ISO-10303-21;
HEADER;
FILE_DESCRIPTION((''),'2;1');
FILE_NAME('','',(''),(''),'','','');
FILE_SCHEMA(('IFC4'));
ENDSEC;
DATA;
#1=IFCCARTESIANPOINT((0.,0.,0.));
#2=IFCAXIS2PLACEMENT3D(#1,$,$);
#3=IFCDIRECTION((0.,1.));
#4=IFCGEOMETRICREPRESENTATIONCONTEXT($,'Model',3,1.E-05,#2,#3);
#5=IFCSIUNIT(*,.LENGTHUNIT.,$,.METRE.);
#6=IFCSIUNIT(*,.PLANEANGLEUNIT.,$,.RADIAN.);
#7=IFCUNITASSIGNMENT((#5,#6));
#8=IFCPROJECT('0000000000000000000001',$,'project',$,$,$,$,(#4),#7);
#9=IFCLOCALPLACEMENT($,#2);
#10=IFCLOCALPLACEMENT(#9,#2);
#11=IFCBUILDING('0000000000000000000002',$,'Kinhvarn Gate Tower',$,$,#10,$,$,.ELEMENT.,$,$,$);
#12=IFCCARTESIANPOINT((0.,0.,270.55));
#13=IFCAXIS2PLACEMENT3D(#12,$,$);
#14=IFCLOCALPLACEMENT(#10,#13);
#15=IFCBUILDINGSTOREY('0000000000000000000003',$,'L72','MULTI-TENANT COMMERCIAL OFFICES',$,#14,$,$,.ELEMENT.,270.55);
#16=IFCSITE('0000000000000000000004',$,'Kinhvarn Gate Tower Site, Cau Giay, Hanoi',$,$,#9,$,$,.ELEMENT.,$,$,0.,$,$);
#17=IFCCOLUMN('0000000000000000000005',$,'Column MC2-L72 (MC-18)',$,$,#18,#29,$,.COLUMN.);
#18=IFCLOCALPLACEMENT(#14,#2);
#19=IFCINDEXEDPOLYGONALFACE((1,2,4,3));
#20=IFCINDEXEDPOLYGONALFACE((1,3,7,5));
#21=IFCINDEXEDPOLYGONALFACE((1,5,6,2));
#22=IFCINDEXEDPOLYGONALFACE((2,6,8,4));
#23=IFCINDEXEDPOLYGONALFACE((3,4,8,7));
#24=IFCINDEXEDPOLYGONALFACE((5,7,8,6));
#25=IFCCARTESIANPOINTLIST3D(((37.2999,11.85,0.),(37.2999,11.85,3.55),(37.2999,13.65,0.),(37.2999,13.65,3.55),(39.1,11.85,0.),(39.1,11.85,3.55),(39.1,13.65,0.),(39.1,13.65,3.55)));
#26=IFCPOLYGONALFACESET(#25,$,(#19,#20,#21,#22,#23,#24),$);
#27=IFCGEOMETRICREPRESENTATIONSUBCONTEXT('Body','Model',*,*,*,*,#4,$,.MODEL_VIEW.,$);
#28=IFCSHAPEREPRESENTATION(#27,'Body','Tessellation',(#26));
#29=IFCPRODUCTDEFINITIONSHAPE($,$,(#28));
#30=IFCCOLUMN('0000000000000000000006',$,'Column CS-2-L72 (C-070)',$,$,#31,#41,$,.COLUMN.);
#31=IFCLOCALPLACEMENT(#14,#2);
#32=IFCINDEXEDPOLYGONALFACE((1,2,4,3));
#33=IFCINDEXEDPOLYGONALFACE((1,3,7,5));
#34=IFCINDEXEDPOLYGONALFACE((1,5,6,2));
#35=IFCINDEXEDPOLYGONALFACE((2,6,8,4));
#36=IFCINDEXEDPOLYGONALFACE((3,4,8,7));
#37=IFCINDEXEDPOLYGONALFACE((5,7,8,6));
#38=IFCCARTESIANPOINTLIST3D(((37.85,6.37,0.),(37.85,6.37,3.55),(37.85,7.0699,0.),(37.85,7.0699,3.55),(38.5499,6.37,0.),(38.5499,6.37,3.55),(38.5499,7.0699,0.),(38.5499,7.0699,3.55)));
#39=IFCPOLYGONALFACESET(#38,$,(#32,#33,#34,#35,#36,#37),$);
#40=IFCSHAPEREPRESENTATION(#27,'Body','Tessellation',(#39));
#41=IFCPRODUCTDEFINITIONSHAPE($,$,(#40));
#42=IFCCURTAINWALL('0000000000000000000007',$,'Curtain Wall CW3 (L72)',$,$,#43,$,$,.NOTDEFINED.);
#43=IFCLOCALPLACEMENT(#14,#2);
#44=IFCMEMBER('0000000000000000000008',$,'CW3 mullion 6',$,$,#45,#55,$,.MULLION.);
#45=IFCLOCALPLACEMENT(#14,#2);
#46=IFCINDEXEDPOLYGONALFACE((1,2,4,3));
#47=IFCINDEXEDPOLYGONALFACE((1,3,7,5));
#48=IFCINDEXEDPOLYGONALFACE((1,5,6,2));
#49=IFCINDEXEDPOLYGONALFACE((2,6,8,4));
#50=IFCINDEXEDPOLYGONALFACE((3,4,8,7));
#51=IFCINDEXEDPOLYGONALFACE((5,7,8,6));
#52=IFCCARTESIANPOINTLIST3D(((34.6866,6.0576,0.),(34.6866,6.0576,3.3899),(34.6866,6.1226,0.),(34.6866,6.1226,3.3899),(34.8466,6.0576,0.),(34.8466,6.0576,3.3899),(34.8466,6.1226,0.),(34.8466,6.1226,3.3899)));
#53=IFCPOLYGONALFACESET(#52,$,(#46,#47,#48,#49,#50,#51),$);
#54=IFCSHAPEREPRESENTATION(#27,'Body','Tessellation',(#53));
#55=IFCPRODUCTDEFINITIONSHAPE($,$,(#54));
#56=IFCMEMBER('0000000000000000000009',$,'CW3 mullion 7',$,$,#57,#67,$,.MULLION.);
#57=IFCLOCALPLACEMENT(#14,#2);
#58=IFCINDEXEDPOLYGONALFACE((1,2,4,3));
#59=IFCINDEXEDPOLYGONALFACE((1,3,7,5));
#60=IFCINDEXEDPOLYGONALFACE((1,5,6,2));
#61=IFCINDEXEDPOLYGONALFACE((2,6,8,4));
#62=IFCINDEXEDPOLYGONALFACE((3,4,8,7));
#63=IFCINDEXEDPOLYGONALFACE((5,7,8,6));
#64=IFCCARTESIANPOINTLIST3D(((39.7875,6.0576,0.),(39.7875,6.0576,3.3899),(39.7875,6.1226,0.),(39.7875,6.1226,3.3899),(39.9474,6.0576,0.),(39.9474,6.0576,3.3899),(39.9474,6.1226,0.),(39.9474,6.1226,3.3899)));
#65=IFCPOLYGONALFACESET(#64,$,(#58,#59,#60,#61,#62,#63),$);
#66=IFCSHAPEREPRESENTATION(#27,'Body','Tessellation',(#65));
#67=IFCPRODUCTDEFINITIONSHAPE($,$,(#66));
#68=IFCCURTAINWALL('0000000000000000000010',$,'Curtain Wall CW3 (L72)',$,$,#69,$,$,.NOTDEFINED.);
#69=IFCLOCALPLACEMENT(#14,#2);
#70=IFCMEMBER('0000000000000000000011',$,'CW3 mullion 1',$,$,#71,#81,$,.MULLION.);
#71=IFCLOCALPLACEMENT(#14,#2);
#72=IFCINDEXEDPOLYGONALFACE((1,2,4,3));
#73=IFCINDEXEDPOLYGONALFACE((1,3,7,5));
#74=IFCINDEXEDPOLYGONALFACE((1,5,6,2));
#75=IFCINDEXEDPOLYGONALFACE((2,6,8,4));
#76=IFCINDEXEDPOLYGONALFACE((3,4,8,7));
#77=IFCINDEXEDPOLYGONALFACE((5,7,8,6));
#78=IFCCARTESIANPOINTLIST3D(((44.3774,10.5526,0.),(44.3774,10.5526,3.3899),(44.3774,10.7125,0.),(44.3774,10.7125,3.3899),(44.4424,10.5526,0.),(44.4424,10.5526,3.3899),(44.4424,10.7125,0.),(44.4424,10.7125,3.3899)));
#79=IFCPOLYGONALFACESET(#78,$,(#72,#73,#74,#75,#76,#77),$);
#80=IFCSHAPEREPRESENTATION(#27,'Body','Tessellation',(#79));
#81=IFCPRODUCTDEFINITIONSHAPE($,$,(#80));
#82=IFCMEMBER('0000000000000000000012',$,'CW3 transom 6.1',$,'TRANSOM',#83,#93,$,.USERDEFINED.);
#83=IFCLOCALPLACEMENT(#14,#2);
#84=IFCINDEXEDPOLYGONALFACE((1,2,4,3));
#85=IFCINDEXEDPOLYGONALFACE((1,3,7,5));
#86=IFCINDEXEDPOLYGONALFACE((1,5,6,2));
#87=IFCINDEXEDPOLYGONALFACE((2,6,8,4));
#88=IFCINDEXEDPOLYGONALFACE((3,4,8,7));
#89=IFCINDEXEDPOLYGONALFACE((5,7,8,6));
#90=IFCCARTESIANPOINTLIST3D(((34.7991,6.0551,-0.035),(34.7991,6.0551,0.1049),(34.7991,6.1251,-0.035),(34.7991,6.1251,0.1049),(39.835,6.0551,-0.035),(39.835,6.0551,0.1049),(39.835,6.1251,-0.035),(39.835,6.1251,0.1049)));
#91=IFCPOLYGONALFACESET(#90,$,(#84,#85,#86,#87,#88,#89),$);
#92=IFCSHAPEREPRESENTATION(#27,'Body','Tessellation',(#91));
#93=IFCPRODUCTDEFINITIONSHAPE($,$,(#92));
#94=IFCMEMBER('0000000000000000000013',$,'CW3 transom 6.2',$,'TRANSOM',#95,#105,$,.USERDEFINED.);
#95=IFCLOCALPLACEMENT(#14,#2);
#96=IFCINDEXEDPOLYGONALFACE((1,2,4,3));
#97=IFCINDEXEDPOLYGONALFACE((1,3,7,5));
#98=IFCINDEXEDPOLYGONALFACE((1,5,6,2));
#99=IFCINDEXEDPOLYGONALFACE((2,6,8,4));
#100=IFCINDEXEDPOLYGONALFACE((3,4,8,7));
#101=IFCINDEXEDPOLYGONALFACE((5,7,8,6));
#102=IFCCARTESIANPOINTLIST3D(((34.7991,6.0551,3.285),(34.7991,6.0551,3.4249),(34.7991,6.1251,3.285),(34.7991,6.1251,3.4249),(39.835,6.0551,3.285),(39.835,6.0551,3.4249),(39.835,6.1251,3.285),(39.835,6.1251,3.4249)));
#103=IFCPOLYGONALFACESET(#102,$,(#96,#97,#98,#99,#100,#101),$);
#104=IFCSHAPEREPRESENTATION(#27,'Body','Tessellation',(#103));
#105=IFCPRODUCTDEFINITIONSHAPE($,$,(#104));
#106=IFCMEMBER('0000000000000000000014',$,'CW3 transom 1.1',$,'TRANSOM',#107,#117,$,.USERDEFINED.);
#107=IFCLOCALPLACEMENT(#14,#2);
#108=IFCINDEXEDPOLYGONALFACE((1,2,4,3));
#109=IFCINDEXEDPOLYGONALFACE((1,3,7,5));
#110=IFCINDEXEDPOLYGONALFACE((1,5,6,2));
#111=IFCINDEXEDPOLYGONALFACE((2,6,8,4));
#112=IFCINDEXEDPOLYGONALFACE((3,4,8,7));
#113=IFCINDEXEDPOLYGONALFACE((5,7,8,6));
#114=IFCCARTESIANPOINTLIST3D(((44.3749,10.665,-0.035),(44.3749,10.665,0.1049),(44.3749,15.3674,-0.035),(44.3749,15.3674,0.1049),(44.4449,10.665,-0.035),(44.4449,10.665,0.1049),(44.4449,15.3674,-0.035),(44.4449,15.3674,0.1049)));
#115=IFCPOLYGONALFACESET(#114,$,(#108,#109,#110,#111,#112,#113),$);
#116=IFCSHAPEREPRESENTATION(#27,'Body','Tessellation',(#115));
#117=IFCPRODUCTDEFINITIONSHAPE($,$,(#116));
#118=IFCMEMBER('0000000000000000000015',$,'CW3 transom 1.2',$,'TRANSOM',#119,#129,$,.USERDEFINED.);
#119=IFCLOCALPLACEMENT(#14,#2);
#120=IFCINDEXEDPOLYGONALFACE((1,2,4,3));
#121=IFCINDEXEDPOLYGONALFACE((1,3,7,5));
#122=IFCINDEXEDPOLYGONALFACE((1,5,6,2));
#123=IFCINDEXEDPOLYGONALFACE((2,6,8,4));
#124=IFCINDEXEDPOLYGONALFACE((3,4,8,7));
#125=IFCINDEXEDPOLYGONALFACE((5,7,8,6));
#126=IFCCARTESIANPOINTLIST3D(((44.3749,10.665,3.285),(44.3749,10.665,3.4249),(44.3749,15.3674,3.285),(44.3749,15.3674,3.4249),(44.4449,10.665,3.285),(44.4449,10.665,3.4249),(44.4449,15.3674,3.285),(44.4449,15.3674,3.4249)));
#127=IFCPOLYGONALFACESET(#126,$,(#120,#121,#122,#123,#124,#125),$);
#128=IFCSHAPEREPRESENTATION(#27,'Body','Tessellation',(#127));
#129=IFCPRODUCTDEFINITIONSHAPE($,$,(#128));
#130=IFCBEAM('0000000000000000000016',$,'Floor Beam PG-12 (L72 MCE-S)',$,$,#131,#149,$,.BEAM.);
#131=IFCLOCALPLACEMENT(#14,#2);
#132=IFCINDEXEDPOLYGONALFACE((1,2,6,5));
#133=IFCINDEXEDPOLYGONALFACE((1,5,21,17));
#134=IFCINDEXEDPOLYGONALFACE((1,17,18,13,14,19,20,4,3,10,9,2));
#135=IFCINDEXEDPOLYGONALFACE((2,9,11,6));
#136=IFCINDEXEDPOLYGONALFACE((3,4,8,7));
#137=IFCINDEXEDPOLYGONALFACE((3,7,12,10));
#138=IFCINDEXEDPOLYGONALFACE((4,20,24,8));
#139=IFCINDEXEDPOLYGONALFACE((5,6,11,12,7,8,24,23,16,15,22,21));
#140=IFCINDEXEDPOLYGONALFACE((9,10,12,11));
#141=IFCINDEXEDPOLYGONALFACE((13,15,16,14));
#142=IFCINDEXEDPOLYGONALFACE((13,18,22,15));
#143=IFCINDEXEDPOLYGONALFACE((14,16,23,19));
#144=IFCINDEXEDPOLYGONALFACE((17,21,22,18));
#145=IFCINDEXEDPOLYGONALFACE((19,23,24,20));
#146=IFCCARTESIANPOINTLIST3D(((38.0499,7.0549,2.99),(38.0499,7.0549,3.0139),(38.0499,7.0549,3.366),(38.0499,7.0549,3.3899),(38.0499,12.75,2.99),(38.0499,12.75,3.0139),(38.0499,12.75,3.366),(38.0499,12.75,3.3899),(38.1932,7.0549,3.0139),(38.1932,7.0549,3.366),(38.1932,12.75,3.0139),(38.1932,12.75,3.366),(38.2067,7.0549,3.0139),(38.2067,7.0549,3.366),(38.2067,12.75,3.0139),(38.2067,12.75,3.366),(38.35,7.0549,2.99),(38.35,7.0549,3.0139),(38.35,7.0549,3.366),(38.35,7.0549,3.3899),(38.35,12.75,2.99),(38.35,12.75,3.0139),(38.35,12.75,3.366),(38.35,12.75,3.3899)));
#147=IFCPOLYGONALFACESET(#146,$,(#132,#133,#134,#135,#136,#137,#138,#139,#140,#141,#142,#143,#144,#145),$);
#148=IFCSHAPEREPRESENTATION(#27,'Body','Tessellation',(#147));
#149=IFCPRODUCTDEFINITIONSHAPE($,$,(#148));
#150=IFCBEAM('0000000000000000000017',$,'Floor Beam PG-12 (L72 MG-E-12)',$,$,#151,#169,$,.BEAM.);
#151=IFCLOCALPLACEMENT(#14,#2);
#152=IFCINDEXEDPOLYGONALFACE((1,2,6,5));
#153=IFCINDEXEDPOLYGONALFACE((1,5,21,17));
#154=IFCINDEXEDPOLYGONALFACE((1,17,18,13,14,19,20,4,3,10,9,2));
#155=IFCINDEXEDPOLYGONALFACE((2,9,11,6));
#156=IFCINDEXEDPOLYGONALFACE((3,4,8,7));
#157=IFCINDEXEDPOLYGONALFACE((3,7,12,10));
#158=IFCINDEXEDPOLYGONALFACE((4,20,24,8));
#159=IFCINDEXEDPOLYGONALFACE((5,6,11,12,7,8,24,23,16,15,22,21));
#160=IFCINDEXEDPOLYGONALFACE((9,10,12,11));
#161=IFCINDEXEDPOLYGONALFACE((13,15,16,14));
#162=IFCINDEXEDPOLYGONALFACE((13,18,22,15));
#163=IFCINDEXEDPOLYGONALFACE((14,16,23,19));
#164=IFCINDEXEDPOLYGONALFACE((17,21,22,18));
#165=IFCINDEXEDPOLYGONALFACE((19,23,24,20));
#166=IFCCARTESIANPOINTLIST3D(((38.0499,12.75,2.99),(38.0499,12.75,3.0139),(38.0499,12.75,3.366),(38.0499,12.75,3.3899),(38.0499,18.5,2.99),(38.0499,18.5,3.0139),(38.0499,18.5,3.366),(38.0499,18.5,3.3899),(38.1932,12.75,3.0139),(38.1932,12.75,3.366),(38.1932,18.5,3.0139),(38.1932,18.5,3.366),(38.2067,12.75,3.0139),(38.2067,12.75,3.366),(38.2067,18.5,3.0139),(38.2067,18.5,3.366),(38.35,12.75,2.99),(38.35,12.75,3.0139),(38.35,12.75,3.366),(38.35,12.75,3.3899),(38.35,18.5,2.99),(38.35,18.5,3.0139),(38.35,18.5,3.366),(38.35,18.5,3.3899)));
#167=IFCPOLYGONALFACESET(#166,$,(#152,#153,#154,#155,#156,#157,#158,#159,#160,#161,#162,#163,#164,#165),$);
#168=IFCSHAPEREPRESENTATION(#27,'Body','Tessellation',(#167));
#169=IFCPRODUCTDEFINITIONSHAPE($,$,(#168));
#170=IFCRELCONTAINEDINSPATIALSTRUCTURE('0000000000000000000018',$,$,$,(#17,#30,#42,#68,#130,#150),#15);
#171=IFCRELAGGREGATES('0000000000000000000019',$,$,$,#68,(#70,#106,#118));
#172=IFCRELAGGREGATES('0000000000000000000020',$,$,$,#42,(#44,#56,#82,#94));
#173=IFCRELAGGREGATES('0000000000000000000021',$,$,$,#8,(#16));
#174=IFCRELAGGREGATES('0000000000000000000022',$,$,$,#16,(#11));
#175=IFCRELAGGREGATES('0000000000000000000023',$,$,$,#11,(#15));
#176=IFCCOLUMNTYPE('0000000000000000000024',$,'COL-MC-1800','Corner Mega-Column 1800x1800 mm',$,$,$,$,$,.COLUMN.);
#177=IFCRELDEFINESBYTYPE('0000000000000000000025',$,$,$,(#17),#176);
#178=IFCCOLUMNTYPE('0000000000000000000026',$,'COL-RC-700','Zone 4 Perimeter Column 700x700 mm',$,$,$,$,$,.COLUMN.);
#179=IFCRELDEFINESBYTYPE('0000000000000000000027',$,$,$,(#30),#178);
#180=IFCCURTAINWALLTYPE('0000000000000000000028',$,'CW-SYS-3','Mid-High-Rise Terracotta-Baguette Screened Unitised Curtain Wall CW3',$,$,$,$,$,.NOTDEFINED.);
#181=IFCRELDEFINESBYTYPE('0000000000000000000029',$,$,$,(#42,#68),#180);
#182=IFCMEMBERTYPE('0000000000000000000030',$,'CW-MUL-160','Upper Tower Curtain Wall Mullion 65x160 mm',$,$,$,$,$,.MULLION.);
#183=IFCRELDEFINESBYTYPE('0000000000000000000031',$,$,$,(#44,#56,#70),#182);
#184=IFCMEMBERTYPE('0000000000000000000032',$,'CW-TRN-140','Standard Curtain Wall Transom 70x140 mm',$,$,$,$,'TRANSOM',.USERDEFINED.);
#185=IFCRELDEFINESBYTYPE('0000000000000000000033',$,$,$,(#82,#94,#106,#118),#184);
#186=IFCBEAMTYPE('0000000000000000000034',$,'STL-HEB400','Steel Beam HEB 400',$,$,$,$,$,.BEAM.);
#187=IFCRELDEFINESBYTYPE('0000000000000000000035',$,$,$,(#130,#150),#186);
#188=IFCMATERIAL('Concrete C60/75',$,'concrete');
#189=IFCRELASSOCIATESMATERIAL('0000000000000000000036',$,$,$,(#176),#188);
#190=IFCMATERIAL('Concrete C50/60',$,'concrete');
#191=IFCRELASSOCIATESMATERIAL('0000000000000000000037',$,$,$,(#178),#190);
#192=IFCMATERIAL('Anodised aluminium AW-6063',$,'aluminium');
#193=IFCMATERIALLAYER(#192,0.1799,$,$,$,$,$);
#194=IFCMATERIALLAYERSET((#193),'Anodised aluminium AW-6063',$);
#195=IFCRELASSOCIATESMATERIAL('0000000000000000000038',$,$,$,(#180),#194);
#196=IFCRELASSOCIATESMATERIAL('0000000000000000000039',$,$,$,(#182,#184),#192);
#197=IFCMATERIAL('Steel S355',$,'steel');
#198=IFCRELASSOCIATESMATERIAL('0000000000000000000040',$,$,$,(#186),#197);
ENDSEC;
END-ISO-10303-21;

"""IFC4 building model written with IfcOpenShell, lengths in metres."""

from ifc_helpers import new_model, si_unit, direction, frame, origin, origin_2d, place, context, subcontext, project, spatial, rectangle, i_section, extrude, material, layer, layer_set, material_profile, profile_set, type_object, element, aggregate, save


model = new_model("IFC4")

# Units and contexts
model_context = context("Model", 3, precision=1e-05, world=origin(), true_north=direction((0.0, 1.0)))
body_context = subcontext(model_context, "Body", "Model", "MODEL_VIEW")
ifc_project = project(units=[si_unit("LENGTHUNIT", "METRE"), si_unit("PLANEANGLEUNIT", "RADIAN")], contexts=[model_context])

# Site, building, storey
site_placement = place(None, origin())
site = spatial("IfcSite", under=ifc_project, at=site_placement, Name="Kinhvarn Gate Tower Site, Cau Giay, Hanoi", CompositionType="ELEMENT", RefElevation=0.0)
building_placement = place(site_placement, origin())
building = spatial("IfcBuilding", under=site, at=building_placement, Name="Kinhvarn Gate Tower", CompositionType="ELEMENT")
storey_placement = place(building_placement, frame((0.0, 0.0, 270.55)))
storey = spatial("IfcBuildingStorey", under=building, at=storey_placement, Name="L72", Description="MULTI-TENANT COMMERCIAL OFFICES", CompositionType="ELEMENT", Elevation=270.55)

# Columns
ifc_material_1 = material(Name="Concrete C60/75", Category="concrete")
ifc_material_profile_1 = material_profile(ifc_material_1, rectangle(XDim=1.8, YDim=1.8, at=origin_2d()), Name="RC 1800x1800")
ifc_profile_set_1 = profile_set([ifc_material_profile_1], Name="Concrete C60/75")
column_type_1 = type_object("IfcColumnType", Name="COL-MC-1800", Description="Corner Mega-Column 1800x1800 mm", PredefinedType="COLUMN", material=ifc_profile_set_1)
column_1_placement = place(storey_placement, frame((38.2, 12.75, 0.0), z_axis=(0.0, 0.0, 1.0), x_axis=(1.0, 0.0, 0.0)))
element("IfcColumn", 1, at=column_1_placement, inside=storey, type_object=column_type_1, Name="Column MC2-L72 (MC-18)", PredefinedType="COLUMN", context=body_context, shape_type="SweptSolid", body=[
    extrude(rectangle(XDim=1.8, YDim=1.8, at=origin_2d()), origin(), (0.0, 0.0, 1.0), 3.55),
])
ifc_material_2 = material(Name="Concrete C50/60", Category="concrete")
ifc_material_profile_2 = material_profile(ifc_material_2, rectangle(XDim=0.7, YDim=0.7, at=origin_2d()), Name="RC 700x700")
ifc_profile_set_2 = profile_set([ifc_material_profile_2], Name="Concrete C50/60")
column_type_2 = type_object("IfcColumnType", Name="COL-RC-700", Description="Zone 4 Perimeter Column 700x700 mm", PredefinedType="COLUMN", material=ifc_profile_set_2)
column_2_placement = place(storey_placement, frame((38.2, 6.72, 0.0), z_axis=(0.0, 0.0, 1.0), x_axis=(1.0, 0.0, 0.0)))
element("IfcColumn", 2, at=column_2_placement, inside=storey, type_object=column_type_2, Name="Column CS-2-L72 (C-070)", PredefinedType="COLUMN", context=body_context, shape_type="SweptSolid", body=[
    extrude(rectangle(XDim=0.7, YDim=0.7, at=origin_2d()), origin(), (0.0, 0.0, 1.0), 3.55),
])

# Curtain wall, members
ifc_material_3 = material(Name="Anodised aluminium AW-6063", Category="aluminium")
ifc_layer_1 = layer(ifc_material_3, 0.1799)
ifc_layer_set_1 = layer_set([ifc_layer_1], Name="Anodised aluminium AW-6063")
curtain_wall_type = type_object("IfcCurtainWallType", Name="CW-SYS-3", Description="Mid-High-Rise Terracotta-Baguette Screened Unitised Curtain Wall CW3", PredefinedType="NOTDEFINED", material=ifc_layer_set_1)
curtain_wall_1_placement = place(storey_placement, origin())
curtain_wall_1 = element("IfcCurtainWall", 3, at=curtain_wall_1_placement, inside=storey, type_object=curtain_wall_type, Name="Curtain Wall CW3 (L72)", PredefinedType="NOTDEFINED")
ifc_material_profile_3 = material_profile(ifc_material_3, rectangle(XDim=0.0649, YDim=0.1599, at=origin_2d()), Name="ALU 65x160")
ifc_profile_set_3 = profile_set([ifc_material_profile_3], Name="Anodised aluminium AW-6063")
member_type_1 = type_object("IfcMemberType", Name="CW-MUL-160", Description="Upper Tower Curtain Wall Mullion 65x160 mm", PredefinedType="MULLION", material=ifc_profile_set_3)
member_1_placement = place(storey_placement, frame((34.7666, 6.0901, 0.0), z_axis=(0.0, 0.0, 1.0), x_axis=(0.0, 1.0, 0.0)))
member_1 = element("IfcMember", 4, at=member_1_placement, type_object=member_type_1, Name="CW3 mullion 6", PredefinedType="MULLION", context=body_context, shape_type="SweptSolid", body=[
    extrude(rectangle(XDim=0.0649, YDim=0.1599, at=origin_2d()), origin(), (0.0, 0.0, 1.0), 3.3899),
])
member_2_placement = place(storey_placement, frame((39.8674, 6.0901, 0.0), z_axis=(0.0, 0.0, 1.0), x_axis=(0.0, 1.0, 0.0)))
member_2 = element("IfcMember", 5, at=member_2_placement, type_object=member_type_1, Name="CW3 mullion 7", PredefinedType="MULLION", context=body_context, shape_type="SweptSolid", body=[
    extrude(rectangle(XDim=0.0649, YDim=0.1599, at=origin_2d()), origin(), (0.0, 0.0, 1.0), 3.3899),
])

# Curtain wall, member
curtain_wall_2_placement = place(storey_placement, origin())
curtain_wall_2 = element("IfcCurtainWall", 6, at=curtain_wall_2_placement, inside=storey, type_object=curtain_wall_type, Name="Curtain Wall CW3 (L72)", PredefinedType="NOTDEFINED")
member_3_placement = place(storey_placement, frame((44.4099, 10.6326, 0.0), z_axis=(0.0, 0.0, 1.0), x_axis=(-1.0, 0.0, 0.0)))
member_3 = element("IfcMember", 7, at=member_3_placement, type_object=member_type_1, Name="CW3 mullion 1", PredefinedType="MULLION", context=body_context, shape_type="SweptSolid", body=[
    extrude(rectangle(XDim=0.0649, YDim=0.1599, at=origin_2d()), origin(), (0.0, 0.0, 1.0), 3.3899),
])

# Members
ifc_material_profile_4 = material_profile(ifc_material_3, rectangle(XDim=0.0701, YDim=0.1399, at=origin_2d()), Name="ALU 70x140")
ifc_profile_set_4 = profile_set([ifc_material_profile_4], Name="Anodised aluminium AW-6063")
member_type_2 = type_object("IfcMemberType", Name="CW-TRN-140", Description="Standard Curtain Wall Transom 70x140 mm", ElementType="TRANSOM", PredefinedType="USERDEFINED", material=ifc_profile_set_4)
member_4_placement = place(storey_placement, frame((34.7991, 6.0901, 0.0349), z_axis=(1.0, 0.0, 0.0), x_axis=(0.0, 1.0, 0.0)))
member_4 = element("IfcMember", 8, at=member_4_placement, type_object=member_type_2, Name="CW3 transom 6.1", ObjectType="TRANSOM", PredefinedType="USERDEFINED", context=body_context, shape_type="SweptSolid", body=[
    extrude(rectangle(XDim=0.0701, YDim=0.1399, at=origin_2d()), origin(), (0.0, 0.0, 1.0), 5.0359),
])
member_5_placement = place(storey_placement, frame((34.7991, 6.0901, 3.355), z_axis=(1.0, 0.0, 0.0), x_axis=(0.0, 1.0, 0.0)))
member_5 = element("IfcMember", 9, at=member_5_placement, type_object=member_type_2, Name="CW3 transom 6.2", ObjectType="TRANSOM", PredefinedType="USERDEFINED", context=body_context, shape_type="SweptSolid", body=[
    extrude(rectangle(XDim=0.0701, YDim=0.1399, at=origin_2d()), origin(), (0.0, 0.0, 1.0), 5.0359),
])
member_6_placement = place(storey_placement, frame((44.4099, 10.665, 0.0349), z_axis=(0.0, 1.0, 0.0), x_axis=(-1.0, 0.0, 0.0)))
member_6 = element("IfcMember", 10, at=member_6_placement, type_object=member_type_2, Name="CW3 transom 1.1", ObjectType="TRANSOM", PredefinedType="USERDEFINED", context=body_context, shape_type="SweptSolid", body=[
    extrude(rectangle(XDim=0.0701, YDim=0.1399, at=origin_2d()), origin(), (0.0, 0.0, 1.0), 4.7024),
])
member_7_placement = place(storey_placement, frame((44.4099, 10.665, 3.355), z_axis=(0.0, 1.0, 0.0), x_axis=(-1.0, 0.0, 0.0)))
member_7 = element("IfcMember", 11, at=member_7_placement, type_object=member_type_2, Name="CW3 transom 1.2", ObjectType="TRANSOM", PredefinedType="USERDEFINED", context=body_context, shape_type="SweptSolid", body=[
    extrude(rectangle(XDim=0.0701, YDim=0.1399, at=origin_2d()), origin(), (0.0, 0.0, 1.0), 4.7024),
])
aggregate(curtain_wall_2, [member_3, member_6, member_7])

# Beams
ifc_material_4 = material(Name="Steel S355", Category="steel")
ifc_material_profile_5 = material_profile(ifc_material_4, i_section(OverallWidth=0.3, OverallDepth=0.3999, WebThickness=0.0134, FlangeThickness=0.0239, at=origin_2d()), Name="HEB 400")
ifc_profile_set_5 = profile_set([ifc_material_profile_5], Name="Steel S355")
beam_type_1 = type_object("IfcBeamType", Name="STL-HEB400", Description="Steel Beam HEB 400", PredefinedType="BEAM", material=ifc_profile_set_5)
beam_1_placement = place(storey_placement, frame((38.2, 7.0549, 3.1899), z_axis=(0.0, 1.0, 0.0), x_axis=(-1.0, 0.0, 0.0)))
element("IfcBeam", 12, at=beam_1_placement, inside=storey, type_object=beam_type_1, Name="Floor Beam PG-12 (L72 MCE-S)", PredefinedType="BEAM", context=body_context, shape_type="SweptSolid", body=[
    extrude(i_section(OverallWidth=0.3, OverallDepth=0.3999, WebThickness=0.0134, FlangeThickness=0.0239, at=origin_2d()), origin(), (0.0, 0.0, 1.0), 5.6951),
])
beam_2_placement = place(storey_placement, frame((38.2, 12.75, 3.1899), z_axis=(0.0, 1.0, 0.0), x_axis=(-1.0, 0.0, 0.0)))
element("IfcBeam", 13, at=beam_2_placement, inside=storey, type_object=beam_type_1, Name="Floor Beam PG-12 (L72 MG-E-12)", PredefinedType="BEAM", context=body_context, shape_type="SweptSolid", body=[
    extrude(i_section(OverallWidth=0.3, OverallDepth=0.3999, WebThickness=0.0134, FlangeThickness=0.0239, at=origin_2d()), origin(), (0.0, 0.0, 1.0), 5.75),
])

aggregate(curtain_wall_1, [member_1, member_2, member_4, member_5])

save(model, "model.ifc")
